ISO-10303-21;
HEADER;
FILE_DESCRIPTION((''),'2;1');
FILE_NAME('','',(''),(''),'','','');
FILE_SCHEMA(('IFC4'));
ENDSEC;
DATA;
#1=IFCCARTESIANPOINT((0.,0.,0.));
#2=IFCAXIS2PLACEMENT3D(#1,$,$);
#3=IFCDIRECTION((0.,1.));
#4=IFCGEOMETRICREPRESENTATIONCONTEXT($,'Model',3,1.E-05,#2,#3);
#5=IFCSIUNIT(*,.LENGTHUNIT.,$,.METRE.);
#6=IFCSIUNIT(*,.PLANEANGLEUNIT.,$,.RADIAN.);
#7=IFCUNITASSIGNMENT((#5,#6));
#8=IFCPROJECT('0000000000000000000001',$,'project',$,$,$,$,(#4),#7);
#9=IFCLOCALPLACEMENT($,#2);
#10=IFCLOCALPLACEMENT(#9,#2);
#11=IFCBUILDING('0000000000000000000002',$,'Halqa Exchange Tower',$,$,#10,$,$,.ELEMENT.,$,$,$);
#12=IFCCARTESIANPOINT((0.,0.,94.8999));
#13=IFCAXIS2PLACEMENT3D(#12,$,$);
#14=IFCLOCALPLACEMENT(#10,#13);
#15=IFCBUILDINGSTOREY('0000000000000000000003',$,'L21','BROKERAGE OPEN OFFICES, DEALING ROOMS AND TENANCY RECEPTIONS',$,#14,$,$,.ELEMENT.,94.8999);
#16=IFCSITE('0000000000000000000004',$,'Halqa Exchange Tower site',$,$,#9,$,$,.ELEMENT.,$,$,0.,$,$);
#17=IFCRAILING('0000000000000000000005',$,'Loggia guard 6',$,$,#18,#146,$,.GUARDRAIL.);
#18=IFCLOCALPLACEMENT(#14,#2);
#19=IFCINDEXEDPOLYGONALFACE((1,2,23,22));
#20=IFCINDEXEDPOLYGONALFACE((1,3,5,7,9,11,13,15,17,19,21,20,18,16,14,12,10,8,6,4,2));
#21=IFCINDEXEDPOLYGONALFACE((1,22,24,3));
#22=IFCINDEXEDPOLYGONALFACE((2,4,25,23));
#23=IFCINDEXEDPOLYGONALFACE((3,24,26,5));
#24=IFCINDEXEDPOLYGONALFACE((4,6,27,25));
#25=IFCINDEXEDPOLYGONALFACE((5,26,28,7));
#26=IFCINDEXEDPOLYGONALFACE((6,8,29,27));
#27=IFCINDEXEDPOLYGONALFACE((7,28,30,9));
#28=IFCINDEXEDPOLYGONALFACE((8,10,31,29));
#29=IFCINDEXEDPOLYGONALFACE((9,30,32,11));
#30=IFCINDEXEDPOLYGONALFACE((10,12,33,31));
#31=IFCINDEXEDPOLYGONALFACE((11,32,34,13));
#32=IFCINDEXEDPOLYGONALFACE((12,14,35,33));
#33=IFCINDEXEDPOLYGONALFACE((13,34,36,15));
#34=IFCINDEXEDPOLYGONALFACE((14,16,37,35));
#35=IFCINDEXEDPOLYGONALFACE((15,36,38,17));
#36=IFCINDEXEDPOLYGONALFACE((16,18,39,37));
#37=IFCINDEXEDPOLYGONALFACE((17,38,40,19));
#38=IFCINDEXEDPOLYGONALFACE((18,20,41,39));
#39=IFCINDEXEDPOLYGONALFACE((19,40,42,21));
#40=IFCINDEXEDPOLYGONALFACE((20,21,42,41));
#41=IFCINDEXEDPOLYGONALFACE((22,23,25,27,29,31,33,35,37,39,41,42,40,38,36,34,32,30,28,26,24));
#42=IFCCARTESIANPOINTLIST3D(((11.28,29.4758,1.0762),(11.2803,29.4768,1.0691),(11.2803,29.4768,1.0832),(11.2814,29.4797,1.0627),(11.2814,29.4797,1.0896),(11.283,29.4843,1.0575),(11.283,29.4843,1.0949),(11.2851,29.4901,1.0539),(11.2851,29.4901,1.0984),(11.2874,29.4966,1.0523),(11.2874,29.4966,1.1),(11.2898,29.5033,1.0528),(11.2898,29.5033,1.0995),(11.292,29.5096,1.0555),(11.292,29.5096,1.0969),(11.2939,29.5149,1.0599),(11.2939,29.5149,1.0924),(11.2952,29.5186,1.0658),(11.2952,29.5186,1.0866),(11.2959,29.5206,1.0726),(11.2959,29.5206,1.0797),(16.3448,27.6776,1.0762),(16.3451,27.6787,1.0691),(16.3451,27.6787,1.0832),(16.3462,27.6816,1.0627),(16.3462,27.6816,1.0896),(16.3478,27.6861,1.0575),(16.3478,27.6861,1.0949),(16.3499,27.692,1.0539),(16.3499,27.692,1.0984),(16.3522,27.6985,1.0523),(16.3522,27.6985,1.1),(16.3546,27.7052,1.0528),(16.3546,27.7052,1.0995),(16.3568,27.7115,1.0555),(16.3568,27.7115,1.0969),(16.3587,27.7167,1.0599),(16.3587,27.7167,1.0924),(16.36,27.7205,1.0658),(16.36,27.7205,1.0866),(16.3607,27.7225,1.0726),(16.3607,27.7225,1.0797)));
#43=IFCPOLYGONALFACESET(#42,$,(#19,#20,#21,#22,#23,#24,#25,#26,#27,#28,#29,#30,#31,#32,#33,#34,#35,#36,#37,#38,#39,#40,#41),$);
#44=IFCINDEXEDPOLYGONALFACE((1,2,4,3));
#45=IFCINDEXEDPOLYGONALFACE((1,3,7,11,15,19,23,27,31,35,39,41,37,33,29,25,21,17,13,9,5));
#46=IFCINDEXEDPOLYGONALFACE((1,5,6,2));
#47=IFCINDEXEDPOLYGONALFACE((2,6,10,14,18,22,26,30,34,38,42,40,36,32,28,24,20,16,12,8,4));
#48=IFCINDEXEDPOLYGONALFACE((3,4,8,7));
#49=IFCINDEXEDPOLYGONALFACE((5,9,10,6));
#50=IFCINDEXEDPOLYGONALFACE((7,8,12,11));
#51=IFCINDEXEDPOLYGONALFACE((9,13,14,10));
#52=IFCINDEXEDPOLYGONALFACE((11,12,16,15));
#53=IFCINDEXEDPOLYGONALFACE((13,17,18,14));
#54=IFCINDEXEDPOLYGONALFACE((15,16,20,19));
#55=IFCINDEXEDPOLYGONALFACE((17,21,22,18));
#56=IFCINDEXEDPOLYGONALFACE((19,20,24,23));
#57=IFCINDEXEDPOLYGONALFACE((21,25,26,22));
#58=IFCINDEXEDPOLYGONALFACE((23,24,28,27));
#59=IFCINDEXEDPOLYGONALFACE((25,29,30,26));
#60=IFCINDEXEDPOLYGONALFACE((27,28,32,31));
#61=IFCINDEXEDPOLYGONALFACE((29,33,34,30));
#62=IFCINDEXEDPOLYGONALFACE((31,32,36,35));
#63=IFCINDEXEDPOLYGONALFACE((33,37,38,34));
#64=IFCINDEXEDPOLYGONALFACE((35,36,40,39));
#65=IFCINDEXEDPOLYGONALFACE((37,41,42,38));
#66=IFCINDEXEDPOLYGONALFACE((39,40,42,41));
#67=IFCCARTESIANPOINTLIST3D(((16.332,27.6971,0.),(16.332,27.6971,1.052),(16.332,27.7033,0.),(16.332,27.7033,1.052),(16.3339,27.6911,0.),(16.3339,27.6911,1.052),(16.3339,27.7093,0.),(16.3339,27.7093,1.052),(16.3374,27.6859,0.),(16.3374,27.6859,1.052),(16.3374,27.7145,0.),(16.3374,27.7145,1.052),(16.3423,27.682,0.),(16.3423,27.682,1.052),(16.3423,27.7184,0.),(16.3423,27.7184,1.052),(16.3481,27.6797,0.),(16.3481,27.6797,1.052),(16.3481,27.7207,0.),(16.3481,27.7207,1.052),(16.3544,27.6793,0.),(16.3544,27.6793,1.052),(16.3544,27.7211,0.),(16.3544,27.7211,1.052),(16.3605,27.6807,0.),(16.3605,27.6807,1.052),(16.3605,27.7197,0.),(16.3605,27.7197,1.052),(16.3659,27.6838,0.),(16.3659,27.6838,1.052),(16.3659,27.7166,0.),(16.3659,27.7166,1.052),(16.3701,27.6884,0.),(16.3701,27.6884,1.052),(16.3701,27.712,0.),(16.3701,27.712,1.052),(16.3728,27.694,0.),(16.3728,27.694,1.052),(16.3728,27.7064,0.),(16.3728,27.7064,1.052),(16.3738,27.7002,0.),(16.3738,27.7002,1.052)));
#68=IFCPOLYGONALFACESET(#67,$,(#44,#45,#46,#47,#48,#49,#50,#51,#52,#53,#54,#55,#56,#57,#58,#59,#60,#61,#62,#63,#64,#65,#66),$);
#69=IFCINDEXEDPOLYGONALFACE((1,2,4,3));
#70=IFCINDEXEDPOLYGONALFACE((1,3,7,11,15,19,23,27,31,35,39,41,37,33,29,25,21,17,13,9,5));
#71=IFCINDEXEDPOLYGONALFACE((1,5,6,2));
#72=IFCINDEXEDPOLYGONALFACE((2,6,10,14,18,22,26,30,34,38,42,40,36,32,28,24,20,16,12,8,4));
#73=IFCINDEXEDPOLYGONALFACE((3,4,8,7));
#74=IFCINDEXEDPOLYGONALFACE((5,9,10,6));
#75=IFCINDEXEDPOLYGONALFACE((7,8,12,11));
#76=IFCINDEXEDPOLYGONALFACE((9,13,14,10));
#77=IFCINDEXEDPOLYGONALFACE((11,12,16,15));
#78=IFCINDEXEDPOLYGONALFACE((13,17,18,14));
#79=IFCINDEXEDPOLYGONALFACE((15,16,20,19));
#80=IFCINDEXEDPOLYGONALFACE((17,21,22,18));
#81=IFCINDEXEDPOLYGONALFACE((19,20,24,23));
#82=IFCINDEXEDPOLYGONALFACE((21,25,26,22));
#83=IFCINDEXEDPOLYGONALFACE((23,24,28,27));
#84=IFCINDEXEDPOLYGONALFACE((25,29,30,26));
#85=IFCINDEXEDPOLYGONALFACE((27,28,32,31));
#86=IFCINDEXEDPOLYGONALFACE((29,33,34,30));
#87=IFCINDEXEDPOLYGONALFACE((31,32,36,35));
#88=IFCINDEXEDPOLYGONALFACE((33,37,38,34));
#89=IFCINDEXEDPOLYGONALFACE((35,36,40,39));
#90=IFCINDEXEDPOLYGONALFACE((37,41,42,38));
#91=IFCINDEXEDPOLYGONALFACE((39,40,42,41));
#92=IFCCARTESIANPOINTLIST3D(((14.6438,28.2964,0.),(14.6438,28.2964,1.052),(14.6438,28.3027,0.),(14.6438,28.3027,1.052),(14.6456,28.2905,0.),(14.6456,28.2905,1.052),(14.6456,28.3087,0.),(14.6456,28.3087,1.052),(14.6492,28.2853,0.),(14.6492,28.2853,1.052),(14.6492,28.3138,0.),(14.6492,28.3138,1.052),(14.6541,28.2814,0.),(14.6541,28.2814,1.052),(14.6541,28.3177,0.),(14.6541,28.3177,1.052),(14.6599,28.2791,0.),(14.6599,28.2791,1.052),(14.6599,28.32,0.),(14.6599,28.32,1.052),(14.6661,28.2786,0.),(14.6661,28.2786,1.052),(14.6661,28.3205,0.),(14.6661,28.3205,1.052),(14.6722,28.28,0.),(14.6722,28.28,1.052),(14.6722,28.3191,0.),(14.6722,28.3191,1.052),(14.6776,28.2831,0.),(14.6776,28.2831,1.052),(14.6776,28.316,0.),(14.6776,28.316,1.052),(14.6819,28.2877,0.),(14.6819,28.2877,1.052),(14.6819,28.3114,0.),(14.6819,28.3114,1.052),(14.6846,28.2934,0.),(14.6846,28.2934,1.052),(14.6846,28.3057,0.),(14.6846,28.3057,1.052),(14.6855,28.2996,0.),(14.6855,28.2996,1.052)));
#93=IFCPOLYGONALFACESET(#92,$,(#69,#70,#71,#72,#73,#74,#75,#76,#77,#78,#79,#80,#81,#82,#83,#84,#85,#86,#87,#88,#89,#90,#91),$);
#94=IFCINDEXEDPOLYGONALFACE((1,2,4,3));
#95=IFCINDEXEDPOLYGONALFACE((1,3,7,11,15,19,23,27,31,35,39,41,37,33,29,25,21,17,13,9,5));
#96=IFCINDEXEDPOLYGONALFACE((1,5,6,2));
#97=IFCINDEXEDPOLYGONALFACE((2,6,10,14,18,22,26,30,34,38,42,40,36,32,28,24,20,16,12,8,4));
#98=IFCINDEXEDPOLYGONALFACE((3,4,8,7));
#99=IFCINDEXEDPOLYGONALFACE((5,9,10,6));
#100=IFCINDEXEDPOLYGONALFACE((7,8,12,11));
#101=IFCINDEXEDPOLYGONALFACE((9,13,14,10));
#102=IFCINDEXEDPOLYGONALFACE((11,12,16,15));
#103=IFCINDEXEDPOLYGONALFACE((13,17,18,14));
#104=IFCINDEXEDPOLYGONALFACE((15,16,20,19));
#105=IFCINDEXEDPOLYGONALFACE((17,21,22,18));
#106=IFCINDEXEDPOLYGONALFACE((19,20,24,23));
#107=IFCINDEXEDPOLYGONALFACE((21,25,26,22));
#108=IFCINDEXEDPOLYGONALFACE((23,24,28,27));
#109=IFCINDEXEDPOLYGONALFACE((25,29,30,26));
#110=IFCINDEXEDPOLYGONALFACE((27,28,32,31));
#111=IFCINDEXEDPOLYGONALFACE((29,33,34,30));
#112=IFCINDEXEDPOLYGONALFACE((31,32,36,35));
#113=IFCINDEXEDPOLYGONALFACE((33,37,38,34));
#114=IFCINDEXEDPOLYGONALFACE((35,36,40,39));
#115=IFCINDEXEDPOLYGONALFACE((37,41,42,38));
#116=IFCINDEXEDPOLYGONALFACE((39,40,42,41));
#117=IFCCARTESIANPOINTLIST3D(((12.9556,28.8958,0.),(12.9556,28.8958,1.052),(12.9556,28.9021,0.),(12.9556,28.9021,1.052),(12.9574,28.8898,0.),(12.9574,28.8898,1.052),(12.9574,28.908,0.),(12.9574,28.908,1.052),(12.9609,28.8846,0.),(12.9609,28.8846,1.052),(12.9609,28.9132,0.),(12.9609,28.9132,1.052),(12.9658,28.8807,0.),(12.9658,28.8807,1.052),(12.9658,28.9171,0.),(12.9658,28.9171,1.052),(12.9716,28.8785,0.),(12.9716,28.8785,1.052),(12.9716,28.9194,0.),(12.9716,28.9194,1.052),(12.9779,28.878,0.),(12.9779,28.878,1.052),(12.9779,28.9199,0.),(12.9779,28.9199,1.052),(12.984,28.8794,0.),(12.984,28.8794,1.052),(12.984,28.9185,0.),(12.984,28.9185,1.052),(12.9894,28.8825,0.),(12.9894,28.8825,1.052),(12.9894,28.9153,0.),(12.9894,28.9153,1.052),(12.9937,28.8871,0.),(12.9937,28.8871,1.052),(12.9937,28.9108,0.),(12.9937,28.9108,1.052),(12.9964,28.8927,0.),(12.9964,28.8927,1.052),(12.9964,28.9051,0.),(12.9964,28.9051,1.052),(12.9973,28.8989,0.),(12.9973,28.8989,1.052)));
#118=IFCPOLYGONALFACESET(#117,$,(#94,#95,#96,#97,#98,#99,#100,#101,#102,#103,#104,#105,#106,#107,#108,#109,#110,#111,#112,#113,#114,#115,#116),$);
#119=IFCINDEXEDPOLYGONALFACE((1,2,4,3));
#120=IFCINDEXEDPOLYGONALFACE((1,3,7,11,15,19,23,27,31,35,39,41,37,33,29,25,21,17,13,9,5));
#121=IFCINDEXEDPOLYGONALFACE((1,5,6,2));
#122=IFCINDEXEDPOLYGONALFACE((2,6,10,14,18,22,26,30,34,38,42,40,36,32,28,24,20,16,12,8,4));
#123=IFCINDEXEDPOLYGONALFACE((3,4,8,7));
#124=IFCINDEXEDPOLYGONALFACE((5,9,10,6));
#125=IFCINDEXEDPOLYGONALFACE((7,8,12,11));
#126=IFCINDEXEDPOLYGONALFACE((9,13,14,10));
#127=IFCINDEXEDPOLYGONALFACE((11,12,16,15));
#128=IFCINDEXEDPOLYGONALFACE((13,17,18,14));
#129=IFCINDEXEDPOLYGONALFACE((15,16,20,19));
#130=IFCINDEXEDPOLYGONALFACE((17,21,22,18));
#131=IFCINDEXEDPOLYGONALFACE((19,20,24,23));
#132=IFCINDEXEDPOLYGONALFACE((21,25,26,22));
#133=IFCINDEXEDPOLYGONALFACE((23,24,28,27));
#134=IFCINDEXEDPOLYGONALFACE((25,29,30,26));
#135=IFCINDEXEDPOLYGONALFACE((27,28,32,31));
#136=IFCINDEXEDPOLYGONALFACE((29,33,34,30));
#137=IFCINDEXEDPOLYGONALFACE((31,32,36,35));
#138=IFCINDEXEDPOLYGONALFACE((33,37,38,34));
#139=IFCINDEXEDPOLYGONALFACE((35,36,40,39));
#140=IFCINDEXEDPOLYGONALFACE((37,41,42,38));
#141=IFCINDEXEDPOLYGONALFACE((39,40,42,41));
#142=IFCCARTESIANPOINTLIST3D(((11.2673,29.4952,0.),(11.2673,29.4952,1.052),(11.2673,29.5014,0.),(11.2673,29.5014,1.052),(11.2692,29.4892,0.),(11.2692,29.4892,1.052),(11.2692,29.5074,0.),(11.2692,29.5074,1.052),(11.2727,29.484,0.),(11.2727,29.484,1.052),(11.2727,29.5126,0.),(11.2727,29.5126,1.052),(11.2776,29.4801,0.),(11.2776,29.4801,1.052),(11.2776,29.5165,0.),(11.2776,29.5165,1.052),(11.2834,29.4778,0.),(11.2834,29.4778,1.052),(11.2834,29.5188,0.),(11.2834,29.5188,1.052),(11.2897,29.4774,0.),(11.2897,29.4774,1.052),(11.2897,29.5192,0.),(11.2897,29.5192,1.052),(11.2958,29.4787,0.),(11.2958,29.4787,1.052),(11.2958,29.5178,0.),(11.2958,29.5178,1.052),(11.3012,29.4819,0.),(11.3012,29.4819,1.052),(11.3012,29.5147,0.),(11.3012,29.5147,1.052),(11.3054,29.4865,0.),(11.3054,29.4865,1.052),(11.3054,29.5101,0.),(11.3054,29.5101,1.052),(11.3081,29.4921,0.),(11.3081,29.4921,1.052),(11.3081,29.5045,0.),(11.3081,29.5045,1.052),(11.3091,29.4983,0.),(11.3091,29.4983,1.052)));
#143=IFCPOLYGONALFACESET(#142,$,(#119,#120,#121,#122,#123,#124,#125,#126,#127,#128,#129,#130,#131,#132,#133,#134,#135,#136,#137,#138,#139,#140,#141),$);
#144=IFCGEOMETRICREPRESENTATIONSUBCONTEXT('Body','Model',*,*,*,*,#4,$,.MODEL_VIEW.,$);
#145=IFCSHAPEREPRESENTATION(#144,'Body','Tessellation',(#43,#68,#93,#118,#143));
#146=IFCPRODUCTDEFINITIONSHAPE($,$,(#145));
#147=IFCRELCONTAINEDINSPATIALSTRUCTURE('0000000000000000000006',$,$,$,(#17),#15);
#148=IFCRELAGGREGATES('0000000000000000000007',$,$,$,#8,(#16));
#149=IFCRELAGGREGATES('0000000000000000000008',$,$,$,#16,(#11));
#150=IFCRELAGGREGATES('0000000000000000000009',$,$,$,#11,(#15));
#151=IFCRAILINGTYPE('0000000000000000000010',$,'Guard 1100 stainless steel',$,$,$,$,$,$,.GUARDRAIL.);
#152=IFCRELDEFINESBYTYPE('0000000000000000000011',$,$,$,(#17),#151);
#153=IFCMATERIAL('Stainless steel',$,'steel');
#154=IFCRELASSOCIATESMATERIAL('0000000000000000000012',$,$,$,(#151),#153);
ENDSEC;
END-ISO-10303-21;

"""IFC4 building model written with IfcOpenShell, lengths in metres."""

from ifc_helpers import new_model, si_unit, direction, frame, origin, origin_2d, place, context, subcontext, project, spatial, circle, extrude, material, type_object, element, save


model = new_model("IFC4")

# Units and contexts
model_context = context("Model", 3, precision=1e-05, world=origin(), true_north=direction((0.0, 1.0)))
body_context = subcontext(model_context, "Body", "Model", "MODEL_VIEW")
ifc_project = project(units=[si_unit("LENGTHUNIT", "METRE"), si_unit("PLANEANGLEUNIT", "RADIAN")], contexts=[model_context])

# Site, building, storey
site_placement = place(None, origin())
site = spatial("IfcSite", under=ifc_project, at=site_placement, Name="Halqa Exchange Tower site", CompositionType="ELEMENT", RefElevation=0.0)
building_placement = place(site_placement, origin())
building = spatial("IfcBuilding", under=site, at=building_placement, Name="Halqa Exchange Tower", CompositionType="ELEMENT")
storey_placement = place(building_placement, frame((0.0, 0.0, 94.8999)))
storey = spatial("IfcBuildingStorey", under=building, at=storey_placement, Name="L21", Description="BROKERAGE OPEN OFFICES, DEALING ROOMS AND TENANCY RECEPTIONS", CompositionType="ELEMENT", Elevation=94.8999)

# Railing
ifc_material_1 = material(Name="Stainless steel", Category="steel")
railing_type = type_object("IfcRailingType", Name="Guard 1100 stainless steel", PredefinedType="GUARDRAIL", material=ifc_material_1)
railing_1_placement = place(storey_placement, frame((16.3528, 27.7002, 0.0)))
element("IfcRailing", 1, at=railing_1_placement, inside=storey, type_object=railing_type, Name="Loggia guard 6", PredefinedType="GUARDRAIL", context=body_context, shape_type="SweptSolid", body=[
    extrude(circle(Radius=0.0239, at=origin_2d()), frame((0.0, 0.0, 1.0762), z_axis=(-0.942372, 0.334566, 0.0), x_axis=(-0.334566, -0.942372, 0.0)), (0.0, 0.0, 1.0), 5.3745),
    extrude(circle(Radius=0.021, at=origin_2d()), origin(), (0.0, 0.0, 1.0), 1.052),
    extrude(circle(Radius=0.021, at=origin_2d()), frame((-1.6882, 0.5994, 0.0)), (0.0, 0.0, 1.0), 1.052),
    extrude(circle(Radius=0.021, at=origin_2d()), frame((-3.3765, 1.1987, 0.0)), (0.0, 0.0, 1.0), 1.052),
    extrude(circle(Radius=0.021, at=origin_2d()), frame((-5.0647, 1.7981, 0.0)), (0.0, 0.0, 1.0), 1.052),
])

save(model, "model.ifc")
